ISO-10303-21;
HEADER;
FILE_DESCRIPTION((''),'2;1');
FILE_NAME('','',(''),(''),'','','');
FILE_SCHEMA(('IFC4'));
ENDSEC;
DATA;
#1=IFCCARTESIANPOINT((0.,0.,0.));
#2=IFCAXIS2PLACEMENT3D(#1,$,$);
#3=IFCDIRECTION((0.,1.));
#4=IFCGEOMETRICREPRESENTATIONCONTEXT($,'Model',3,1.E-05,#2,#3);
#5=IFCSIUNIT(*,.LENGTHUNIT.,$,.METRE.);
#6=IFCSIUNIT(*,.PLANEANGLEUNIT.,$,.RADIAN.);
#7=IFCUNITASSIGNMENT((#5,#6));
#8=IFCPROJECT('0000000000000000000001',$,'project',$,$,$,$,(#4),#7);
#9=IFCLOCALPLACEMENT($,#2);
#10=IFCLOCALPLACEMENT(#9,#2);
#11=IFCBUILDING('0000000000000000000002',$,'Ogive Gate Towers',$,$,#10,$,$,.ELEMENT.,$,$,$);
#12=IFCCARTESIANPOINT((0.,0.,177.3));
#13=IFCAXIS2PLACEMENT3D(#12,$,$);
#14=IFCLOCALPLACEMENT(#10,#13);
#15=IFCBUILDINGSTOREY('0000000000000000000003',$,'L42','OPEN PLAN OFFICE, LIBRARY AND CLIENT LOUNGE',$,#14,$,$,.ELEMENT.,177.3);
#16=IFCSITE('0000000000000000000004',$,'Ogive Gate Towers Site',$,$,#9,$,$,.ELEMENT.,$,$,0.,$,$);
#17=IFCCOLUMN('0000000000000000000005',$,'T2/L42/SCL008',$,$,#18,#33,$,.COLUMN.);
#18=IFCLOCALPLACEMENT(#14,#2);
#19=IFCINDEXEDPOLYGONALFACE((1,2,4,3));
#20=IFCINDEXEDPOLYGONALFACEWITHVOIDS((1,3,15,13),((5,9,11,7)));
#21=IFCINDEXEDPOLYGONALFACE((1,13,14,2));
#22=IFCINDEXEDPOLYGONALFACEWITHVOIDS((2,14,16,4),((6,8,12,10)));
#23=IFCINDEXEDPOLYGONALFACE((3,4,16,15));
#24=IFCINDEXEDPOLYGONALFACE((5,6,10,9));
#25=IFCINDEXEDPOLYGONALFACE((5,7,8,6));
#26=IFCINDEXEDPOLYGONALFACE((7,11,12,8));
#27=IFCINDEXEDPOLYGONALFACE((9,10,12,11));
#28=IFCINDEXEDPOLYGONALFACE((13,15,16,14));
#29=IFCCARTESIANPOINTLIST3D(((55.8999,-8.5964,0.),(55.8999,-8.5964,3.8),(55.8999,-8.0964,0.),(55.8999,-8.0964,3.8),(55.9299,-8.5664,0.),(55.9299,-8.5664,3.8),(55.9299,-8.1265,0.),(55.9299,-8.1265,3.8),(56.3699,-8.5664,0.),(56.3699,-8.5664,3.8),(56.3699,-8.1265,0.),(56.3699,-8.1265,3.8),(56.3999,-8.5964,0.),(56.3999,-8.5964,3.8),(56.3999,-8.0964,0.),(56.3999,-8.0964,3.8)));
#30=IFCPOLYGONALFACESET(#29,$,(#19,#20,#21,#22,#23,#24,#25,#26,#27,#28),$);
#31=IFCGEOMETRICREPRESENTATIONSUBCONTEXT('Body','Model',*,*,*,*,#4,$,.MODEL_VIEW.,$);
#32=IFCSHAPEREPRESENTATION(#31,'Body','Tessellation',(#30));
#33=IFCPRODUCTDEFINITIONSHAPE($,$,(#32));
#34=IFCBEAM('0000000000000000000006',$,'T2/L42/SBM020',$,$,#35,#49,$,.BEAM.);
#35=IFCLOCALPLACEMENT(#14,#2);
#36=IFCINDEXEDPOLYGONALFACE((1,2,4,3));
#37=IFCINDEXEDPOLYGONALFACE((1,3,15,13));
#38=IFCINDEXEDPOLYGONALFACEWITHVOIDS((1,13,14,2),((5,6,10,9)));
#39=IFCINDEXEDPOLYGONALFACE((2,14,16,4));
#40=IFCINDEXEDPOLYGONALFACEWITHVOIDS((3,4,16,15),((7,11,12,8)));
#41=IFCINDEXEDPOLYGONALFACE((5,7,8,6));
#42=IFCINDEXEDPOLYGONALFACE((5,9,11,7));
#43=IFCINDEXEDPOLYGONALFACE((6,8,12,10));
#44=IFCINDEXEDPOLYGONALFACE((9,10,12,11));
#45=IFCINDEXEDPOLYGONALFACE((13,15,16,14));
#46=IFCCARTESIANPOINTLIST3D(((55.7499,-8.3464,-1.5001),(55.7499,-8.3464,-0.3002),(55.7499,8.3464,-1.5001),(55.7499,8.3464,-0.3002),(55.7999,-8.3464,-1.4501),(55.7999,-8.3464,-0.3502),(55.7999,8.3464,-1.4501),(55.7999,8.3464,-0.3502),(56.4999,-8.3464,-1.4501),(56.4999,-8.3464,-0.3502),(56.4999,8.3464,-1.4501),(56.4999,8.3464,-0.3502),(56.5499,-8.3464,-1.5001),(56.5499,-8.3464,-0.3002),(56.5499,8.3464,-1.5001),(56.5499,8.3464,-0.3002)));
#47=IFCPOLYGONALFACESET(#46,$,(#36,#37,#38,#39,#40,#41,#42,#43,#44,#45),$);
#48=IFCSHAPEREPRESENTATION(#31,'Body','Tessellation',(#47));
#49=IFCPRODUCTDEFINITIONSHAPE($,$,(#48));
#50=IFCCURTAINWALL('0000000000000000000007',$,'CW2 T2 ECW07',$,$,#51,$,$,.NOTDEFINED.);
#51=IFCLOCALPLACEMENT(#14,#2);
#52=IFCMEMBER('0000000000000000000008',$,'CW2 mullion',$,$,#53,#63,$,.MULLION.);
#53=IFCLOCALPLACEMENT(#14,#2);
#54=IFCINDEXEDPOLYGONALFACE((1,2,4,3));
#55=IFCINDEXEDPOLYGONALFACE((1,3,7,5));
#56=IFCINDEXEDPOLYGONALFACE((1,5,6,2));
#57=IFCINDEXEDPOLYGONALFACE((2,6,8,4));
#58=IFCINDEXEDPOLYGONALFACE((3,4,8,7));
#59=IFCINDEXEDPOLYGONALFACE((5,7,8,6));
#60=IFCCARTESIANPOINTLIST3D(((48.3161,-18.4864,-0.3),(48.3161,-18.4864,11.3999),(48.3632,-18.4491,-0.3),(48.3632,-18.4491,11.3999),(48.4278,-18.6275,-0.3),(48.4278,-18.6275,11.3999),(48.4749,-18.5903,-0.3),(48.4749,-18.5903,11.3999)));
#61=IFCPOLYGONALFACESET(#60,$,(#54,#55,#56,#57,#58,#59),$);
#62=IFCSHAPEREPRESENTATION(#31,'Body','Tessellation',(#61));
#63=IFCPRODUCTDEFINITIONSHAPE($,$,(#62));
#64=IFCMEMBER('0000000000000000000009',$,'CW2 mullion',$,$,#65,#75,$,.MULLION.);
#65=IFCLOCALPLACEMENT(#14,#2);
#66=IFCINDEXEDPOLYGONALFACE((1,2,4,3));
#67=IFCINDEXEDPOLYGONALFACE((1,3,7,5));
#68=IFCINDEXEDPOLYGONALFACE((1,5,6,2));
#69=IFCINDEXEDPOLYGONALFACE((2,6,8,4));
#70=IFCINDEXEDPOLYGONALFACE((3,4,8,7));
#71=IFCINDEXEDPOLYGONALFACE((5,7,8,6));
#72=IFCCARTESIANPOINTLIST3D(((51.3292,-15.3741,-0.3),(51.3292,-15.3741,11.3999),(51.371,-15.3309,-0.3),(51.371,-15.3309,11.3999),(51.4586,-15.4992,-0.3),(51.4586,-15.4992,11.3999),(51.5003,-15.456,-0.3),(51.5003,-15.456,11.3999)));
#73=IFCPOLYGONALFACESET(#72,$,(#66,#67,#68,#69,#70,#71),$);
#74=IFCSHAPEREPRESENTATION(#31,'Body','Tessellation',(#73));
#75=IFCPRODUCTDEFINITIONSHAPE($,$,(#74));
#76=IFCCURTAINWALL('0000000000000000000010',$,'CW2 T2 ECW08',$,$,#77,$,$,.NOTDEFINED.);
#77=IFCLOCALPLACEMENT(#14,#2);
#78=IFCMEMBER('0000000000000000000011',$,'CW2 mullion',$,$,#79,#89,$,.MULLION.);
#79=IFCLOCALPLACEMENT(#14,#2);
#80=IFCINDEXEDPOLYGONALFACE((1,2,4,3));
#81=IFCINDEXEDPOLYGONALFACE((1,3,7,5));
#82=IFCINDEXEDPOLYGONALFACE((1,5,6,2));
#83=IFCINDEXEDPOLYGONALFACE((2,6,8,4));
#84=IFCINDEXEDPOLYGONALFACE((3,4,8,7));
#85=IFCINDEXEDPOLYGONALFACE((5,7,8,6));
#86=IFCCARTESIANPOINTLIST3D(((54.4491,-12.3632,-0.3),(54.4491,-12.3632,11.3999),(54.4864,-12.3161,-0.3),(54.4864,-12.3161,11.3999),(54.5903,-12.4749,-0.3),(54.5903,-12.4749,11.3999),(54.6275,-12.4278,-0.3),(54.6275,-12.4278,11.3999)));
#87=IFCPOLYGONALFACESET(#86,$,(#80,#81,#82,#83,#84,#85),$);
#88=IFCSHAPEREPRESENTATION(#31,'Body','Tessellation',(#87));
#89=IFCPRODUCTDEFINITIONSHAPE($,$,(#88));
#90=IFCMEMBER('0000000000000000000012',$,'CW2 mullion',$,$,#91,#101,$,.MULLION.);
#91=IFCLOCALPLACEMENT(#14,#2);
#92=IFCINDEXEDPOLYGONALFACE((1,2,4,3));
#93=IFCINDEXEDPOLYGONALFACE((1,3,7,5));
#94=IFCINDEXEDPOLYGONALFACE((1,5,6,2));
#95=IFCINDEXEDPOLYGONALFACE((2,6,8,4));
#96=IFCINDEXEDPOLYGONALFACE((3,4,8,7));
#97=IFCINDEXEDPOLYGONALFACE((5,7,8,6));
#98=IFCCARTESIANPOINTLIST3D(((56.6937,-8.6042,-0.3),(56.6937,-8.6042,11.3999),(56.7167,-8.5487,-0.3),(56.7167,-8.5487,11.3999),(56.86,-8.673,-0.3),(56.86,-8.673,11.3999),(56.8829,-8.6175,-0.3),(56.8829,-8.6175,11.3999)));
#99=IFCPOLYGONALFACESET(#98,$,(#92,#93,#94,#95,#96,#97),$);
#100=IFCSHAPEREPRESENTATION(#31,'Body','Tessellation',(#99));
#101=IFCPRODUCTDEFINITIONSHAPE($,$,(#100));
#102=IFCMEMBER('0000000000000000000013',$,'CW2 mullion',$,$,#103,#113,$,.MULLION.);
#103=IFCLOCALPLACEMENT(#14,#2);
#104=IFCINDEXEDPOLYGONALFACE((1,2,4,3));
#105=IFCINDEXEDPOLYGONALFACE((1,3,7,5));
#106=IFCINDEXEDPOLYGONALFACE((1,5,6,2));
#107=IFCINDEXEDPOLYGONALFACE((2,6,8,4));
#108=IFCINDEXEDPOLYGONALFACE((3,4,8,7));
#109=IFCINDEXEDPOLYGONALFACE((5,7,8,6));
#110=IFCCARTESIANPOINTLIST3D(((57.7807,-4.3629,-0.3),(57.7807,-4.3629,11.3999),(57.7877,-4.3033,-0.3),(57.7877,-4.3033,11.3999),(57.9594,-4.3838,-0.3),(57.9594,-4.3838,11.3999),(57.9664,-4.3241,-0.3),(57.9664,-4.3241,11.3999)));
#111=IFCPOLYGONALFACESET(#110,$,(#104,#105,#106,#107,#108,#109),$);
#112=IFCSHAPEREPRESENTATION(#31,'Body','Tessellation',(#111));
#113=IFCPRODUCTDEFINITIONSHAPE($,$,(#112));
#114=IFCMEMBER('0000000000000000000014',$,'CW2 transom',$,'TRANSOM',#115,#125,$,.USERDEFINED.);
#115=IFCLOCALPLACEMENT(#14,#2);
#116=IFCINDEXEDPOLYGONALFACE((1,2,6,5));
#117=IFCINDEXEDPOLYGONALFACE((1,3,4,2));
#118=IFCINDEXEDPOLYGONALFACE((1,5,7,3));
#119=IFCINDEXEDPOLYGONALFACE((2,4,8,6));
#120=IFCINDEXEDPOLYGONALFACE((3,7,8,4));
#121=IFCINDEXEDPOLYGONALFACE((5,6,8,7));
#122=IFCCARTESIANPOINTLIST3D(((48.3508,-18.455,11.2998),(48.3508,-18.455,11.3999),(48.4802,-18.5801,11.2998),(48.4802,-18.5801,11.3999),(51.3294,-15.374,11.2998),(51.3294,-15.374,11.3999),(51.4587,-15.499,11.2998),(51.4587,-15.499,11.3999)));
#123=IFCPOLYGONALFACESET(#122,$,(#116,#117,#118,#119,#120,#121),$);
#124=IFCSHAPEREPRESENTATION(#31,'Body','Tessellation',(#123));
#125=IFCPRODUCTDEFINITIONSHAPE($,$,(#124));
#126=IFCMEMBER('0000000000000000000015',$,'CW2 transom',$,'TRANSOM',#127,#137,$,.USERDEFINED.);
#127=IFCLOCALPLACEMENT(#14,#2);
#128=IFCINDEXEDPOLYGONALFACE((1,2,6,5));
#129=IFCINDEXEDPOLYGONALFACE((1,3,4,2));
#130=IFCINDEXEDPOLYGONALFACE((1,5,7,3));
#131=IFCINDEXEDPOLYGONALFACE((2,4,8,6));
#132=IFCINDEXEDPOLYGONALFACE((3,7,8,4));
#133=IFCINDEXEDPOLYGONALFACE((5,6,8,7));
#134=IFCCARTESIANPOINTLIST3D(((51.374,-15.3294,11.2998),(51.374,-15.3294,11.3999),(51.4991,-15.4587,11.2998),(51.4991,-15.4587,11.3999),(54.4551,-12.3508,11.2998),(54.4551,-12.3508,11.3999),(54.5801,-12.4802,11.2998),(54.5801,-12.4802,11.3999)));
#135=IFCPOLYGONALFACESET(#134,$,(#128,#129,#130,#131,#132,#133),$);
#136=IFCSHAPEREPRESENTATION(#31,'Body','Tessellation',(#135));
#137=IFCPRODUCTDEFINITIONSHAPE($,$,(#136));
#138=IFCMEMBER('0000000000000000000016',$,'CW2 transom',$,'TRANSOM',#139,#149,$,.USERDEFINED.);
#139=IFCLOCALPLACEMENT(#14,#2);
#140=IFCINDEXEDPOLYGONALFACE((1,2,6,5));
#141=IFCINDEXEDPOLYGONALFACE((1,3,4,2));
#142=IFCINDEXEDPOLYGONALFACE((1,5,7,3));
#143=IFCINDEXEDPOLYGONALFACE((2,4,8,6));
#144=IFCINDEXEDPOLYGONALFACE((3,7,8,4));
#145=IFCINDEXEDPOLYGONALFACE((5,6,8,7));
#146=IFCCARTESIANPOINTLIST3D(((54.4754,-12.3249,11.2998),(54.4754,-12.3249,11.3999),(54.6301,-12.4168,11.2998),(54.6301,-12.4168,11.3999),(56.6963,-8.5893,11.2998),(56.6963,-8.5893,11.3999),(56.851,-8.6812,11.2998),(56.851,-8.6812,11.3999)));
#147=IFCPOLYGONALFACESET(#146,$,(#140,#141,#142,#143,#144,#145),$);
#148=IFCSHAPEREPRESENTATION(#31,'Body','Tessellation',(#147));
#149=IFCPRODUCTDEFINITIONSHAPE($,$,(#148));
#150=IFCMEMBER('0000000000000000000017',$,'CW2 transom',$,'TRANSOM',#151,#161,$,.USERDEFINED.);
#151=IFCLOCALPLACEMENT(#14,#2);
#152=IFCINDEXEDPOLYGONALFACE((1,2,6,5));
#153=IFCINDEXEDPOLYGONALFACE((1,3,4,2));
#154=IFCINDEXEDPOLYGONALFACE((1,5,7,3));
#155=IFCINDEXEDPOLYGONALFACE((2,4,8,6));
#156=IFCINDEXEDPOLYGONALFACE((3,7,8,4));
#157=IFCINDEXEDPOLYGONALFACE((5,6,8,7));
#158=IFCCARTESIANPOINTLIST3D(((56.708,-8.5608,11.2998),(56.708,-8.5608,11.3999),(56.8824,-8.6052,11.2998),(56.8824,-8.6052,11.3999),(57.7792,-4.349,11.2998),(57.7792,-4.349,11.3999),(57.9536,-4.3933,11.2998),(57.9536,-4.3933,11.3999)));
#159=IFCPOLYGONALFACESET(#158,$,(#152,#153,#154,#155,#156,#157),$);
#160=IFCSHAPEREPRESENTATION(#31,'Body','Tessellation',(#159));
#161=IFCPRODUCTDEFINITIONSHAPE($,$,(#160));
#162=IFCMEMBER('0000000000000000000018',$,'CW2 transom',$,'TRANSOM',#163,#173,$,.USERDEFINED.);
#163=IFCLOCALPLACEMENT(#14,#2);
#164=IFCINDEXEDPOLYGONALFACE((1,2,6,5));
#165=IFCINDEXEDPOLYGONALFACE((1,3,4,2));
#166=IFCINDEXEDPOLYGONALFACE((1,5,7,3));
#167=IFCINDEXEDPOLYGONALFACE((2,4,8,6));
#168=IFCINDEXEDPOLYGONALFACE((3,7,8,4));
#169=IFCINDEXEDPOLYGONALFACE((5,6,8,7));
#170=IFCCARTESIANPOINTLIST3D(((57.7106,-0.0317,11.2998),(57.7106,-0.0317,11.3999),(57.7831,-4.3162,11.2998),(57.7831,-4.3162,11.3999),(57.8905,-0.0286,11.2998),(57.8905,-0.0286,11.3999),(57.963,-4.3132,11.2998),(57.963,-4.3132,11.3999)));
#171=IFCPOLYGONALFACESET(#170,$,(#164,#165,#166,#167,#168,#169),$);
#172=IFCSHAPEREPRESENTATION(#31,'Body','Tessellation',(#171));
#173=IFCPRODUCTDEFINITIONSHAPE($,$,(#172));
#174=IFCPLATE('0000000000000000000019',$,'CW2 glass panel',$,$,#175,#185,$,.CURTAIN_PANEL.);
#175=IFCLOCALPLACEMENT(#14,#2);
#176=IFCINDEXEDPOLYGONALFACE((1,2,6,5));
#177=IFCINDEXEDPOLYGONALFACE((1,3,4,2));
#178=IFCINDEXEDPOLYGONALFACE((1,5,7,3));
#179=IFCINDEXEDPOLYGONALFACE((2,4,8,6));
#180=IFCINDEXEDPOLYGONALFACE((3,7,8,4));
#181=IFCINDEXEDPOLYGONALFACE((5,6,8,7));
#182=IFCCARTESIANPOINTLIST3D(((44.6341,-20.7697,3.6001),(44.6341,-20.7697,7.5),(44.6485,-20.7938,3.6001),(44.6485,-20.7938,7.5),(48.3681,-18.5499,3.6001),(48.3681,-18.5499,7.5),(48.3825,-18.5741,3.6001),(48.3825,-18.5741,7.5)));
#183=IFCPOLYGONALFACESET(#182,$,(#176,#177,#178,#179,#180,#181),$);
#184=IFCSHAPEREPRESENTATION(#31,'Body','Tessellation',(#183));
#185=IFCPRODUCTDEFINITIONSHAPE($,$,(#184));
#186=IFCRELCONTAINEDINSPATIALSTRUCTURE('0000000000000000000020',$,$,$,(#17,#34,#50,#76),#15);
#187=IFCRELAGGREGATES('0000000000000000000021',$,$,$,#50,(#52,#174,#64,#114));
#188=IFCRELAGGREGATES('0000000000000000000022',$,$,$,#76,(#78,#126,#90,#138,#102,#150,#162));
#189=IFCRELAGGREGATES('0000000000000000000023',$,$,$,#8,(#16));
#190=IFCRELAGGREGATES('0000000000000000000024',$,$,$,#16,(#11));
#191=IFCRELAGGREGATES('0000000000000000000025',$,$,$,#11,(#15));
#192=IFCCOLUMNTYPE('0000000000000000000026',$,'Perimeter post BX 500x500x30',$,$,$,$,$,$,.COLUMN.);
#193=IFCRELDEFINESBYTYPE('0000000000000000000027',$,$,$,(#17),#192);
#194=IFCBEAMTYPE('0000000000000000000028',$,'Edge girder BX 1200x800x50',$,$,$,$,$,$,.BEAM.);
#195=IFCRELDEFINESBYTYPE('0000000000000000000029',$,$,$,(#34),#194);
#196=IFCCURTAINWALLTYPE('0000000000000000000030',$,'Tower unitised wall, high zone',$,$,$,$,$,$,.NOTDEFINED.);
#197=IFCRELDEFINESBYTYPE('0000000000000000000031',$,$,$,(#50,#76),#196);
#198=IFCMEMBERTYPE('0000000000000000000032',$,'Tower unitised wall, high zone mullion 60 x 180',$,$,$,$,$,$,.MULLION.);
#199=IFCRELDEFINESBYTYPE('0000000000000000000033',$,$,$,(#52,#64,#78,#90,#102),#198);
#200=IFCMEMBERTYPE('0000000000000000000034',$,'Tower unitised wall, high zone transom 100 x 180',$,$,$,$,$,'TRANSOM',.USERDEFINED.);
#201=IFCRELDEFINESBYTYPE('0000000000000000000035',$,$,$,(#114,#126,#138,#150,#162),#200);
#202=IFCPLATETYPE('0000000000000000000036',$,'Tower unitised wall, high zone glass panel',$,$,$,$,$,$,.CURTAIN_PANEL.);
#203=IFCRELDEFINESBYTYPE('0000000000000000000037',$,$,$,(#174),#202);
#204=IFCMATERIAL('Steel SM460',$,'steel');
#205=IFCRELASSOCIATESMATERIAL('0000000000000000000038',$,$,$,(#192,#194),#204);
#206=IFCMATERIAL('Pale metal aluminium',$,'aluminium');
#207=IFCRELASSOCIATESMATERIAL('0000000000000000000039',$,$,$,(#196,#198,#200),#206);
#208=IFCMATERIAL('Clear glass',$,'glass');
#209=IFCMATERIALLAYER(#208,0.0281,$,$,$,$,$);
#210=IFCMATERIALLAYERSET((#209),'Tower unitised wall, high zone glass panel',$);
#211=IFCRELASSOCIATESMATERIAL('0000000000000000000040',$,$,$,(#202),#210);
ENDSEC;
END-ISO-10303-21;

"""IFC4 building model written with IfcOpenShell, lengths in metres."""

from ifc_helpers import new_model, si_unit, direction, frame, origin, origin_2d, place, context, subcontext, project, spatial, rectangle, hollow_rectangle, extrude, material, layer, layer_set, material_profile, profile_set, type_object, element, aggregate, save


model = new_model("IFC4")

# Units and contexts
model_context = context("Model", 3, precision=1e-05, world=origin(), true_north=direction((0.0, 1.0)))
body_context = subcontext(model_context, "Body", "Model", "MODEL_VIEW")
ifc_project = project(units=[si_unit("LENGTHUNIT", "METRE"), si_unit("PLANEANGLEUNIT", "RADIAN")], contexts=[model_context])

# Site, building, storey
site_placement = place(None, origin())
site = spatial("IfcSite", under=ifc_project, at=site_placement, Name="Ogive Gate Towers Site", CompositionType="ELEMENT", RefElevation=0.0)
building_placement = place(site_placement, origin())
building = spatial("IfcBuilding", under=site, at=building_placement, Name="Ogive Gate Towers", CompositionType="ELEMENT")
storey_placement = place(building_placement, frame((0.0, 0.0, 177.3)))
storey = spatial("IfcBuildingStorey", under=building, at=storey_placement, Name="L42", Description="OPEN PLAN OFFICE, LIBRARY AND CLIENT LOUNGE", CompositionType="ELEMENT", Elevation=177.3)

# Column
ifc_material_1 = material(Name="Steel SM460", Category="steel")
ifc_material_profile_1 = material_profile(ifc_material_1, hollow_rectangle(XDim=0.5, YDim=0.5, WallThickness=0.03, at=origin_2d()), Name="BX 500x500x30")
ifc_profile_set_1 = profile_set([ifc_material_profile_1], Name="Steel SM460")
column_type = type_object("IfcColumnType", Name="Perimeter post BX 500x500x30", PredefinedType="COLUMN", material=ifc_profile_set_1)
column_placement = place(storey_placement, frame((56.1499, -8.3464, 0.0), z_axis=(0.0, 0.0, 1.0), x_axis=(1.0, 0.0, 0.0)))
element("IfcColumn", 1, at=column_placement, inside=storey, type_object=column_type, Name="T2/L42/SCL008", PredefinedType="COLUMN", context=body_context, shape_type="SweptSolid", body=[
    extrude(hollow_rectangle(XDim=0.5, YDim=0.5, WallThickness=0.03, at=origin_2d()), origin(), (0.0, 0.0, 1.0), 3.8),
])

# Beam
ifc_material_profile_2 = material_profile(ifc_material_1, hollow_rectangle(XDim=0.8, YDim=1.2, WallThickness=0.05, at=origin_2d()), Name="BX 1200x800x50")
ifc_profile_set_2 = profile_set([ifc_material_profile_2], Name="Steel SM460")
beam_type = type_object("IfcBeamType", Name="Edge girder BX 1200x800x50", PredefinedType="BEAM", material=ifc_profile_set_2)
beam_placement = place(storey_placement, frame((56.1499, -8.3464, -0.9001), z_axis=(0.0, 1.0, 0.0), x_axis=(-1.0, 0.0, 0.0)))
element("IfcBeam", 2, at=beam_placement, inside=storey, type_object=beam_type, Name="T2/L42/SBM020", PredefinedType="BEAM", context=body_context, shape_type="SweptSolid", body=[
    extrude(hollow_rectangle(XDim=0.8, YDim=1.2, WallThickness=0.05, at=origin_2d()), origin(), (0.0, 0.0, 1.0), 16.6929),
])

# Curtain walls, members
ifc_material_2 = material(Name="Pale metal aluminium", Category="aluminium")
curtain_wall_type = type_object("IfcCurtainWallType", Name="Tower unitised wall, high zone", PredefinedType="NOTDEFINED", material=ifc_material_2)
curtain_wall_1_placement = place(storey_placement, origin())
curtain_wall_1 = element("IfcCurtainWall", 3, at=curtain_wall_1_placement, inside=storey, type_object=curtain_wall_type, Name="CW2 T2 ECW07", PredefinedType="NOTDEFINED")
ifc_material_profile_3 = material_profile(ifc_material_2, rectangle(XDim=0.1799, YDim=0.0601, at=origin_2d()), Name="60 x 180 aluminium box")
ifc_profile_set_3 = profile_set([ifc_material_profile_3], Name="Pale metal aluminium")
member_type_1 = type_object("IfcMemberType", Name="Tower unitised wall, high zone mullion 60 x 180", PredefinedType="MULLION", material=ifc_profile_set_3)
member_1_placement = place(storey_placement, frame((48.3955, -18.5383, -0.3), z_axis=(0.0, 0.0, 1.0), x_axis=(0.620464, -0.784235, 0.0)))
member_1 = element("IfcMember", 4, at=member_1_placement, type_object=member_type_1, Name="CW2 mullion", PredefinedType="MULLION", context=body_context, shape_type="SweptSolid", body=[
    extrude(rectangle(XDim=0.1799, YDim=0.0601, at=origin_2d()), origin(), (0.0, 0.0, 1.0), 11.7),
])
member_2_placement = place(storey_placement, frame((51.4148, -15.415, -0.3), z_axis=(0.0, 0.0, 1.0), x_axis=(0.718964, -0.695047, 0.0)))
member_2 = element("IfcMember", 5, at=member_2_placement, type_object=member_type_1, Name="CW2 mullion", PredefinedType="MULLION", context=body_context, shape_type="SweptSolid", body=[
    extrude(rectangle(XDim=0.1799, YDim=0.0601, at=origin_2d()), origin(), (0.0, 0.0, 1.0), 11.7),
])
curtain_wall_2_placement = place(storey_placement, origin())
curtain_wall_2 = element("IfcCurtainWall", 6, at=curtain_wall_2_placement, inside=storey, type_object=curtain_wall_type, Name="CW2 T2 ECW08", PredefinedType="NOTDEFINED")
member_3_placement = place(storey_placement, frame((54.5383, -12.3955, -0.3), z_axis=(0.0, 0.0, 1.0), x_axis=(0.784235, -0.620464, 0.0)))
member_3 = element("IfcMember", 7, at=member_3_placement, type_object=member_type_1, Name="CW2 mullion", PredefinedType="MULLION", context=body_context, shape_type="SweptSolid", body=[
    extrude(rectangle(XDim=0.1799, YDim=0.0601, at=origin_2d()), origin(), (0.0, 0.0, 1.0), 11.7),
])
member_4_placement = place(storey_placement, frame((56.7883, -8.6108, -0.3), z_axis=(0.0, 0.0, 1.0), x_axis=(0.92388, -0.382683, 0.0)))
member_4 = element("IfcMember", 8, at=member_4_placement, type_object=member_type_1, Name="CW2 mullion", PredefinedType="MULLION", context=body_context, shape_type="SweptSolid", body=[
    extrude(rectangle(XDim=0.1799, YDim=0.0601, at=origin_2d()), origin(), (0.0, 0.0, 1.0), 11.7),
])
member_5_placement = place(storey_placement, frame((57.8735, -4.3435, -0.3), z_axis=(0.0, 0.0, 1.0), x_axis=(0.993272, -0.115804, 0.0)))
member_5 = element("IfcMember", 9, at=member_5_placement, type_object=member_type_1, Name="CW2 mullion", PredefinedType="MULLION", context=body_context, shape_type="SweptSolid", body=[
    extrude(rectangle(XDim=0.1799, YDim=0.0601, at=origin_2d()), origin(), (0.0, 0.0, 1.0), 11.7),
])

# Members
ifc_material_profile_4 = material_profile(ifc_material_2, rectangle(XDim=0.1799, YDim=0.1001, at=origin_2d()), Name="100 x 180 aluminium box")
ifc_profile_set_4 = profile_set([ifc_material_profile_4], Name="Pale metal aluminium")
member_type_2 = type_object("IfcMemberType", Name="Tower unitised wall, high zone transom 100 x 180", ElementType="TRANSOM", PredefinedType="USERDEFINED", material=ifc_profile_set_4)
member_6_placement = place(storey_placement, frame((48.4155, -18.5176, 11.3499), z_axis=(0.695042, 0.718969, 0.0), x_axis=(-0.718969, 0.695042, 0.0)))
member_6 = element("IfcMember", 10, at=member_6_placement, type_object=member_type_2, Name="CW2 transom", ObjectType="TRANSOM", PredefinedType="USERDEFINED", context=body_context, shape_type="SweptSolid", body=[
    extrude(rectangle(XDim=0.1799, YDim=0.1001, at=origin_2d()), origin(), (0.0, 0.0, 1.0), 4.2854),
])
member_7_placement = place(storey_placement, frame((51.4365, -15.394, 11.3499), z_axis=(0.718969, 0.695042, 0.0), x_axis=(-0.695042, 0.718969, 0.0)))
member_7 = element("IfcMember", 11, at=member_7_placement, type_object=member_type_2, Name="CW2 transom", ObjectType="TRANSOM", PredefinedType="USERDEFINED", context=body_context, shape_type="SweptSolid", body=[
    extrude(rectangle(XDim=0.1799, YDim=0.1001, at=origin_2d()), origin(), (0.0, 0.0, 1.0), 4.2854),
])
member_8_placement = place(storey_placement, frame((54.5527, -12.3708, 11.3499), z_axis=(0.511038, 0.859558, 0.0), x_axis=(-0.859558, 0.511038, 0.0)))
member_8 = element("IfcMember", 12, at=member_8_placement, type_object=member_type_2, Name="CW2 transom", ObjectType="TRANSOM", PredefinedType="USERDEFINED", context=body_context, shape_type="SweptSolid", body=[
    extrude(rectangle(XDim=0.1799, YDim=0.1001, at=origin_2d()), origin(), (0.0, 0.0, 1.0), 4.3459),
])
member_9_placement = place(storey_placement, frame((56.7952, -8.583, 11.3499), z_axis=(0.246499, 0.969143, 0.0), x_axis=(-0.969143, 0.246499, 0.0)))
member_9 = element("IfcMember", 13, at=member_9_placement, type_object=member_type_2, Name="CW2 transom", ObjectType="TRANSOM", PredefinedType="USERDEFINED", context=body_context, shape_type="SweptSolid", body=[
    extrude(rectangle(XDim=0.1799, YDim=0.1001, at=origin_2d()), origin(), (0.0, 0.0, 1.0), 4.3459),
])
member_10_placement = place(storey_placement, frame((57.873, -4.3147, 11.3499), z_axis=(-0.016922, 0.999857, 0.0), x_axis=(-0.999857, -0.016922, 0.0)))
member_10 = element("IfcMember", 14, at=member_10_placement, type_object=member_type_2, Name="CW2 transom", ObjectType="TRANSOM", PredefinedType="USERDEFINED", context=body_context, shape_type="SweptSolid", body=[
    extrude(rectangle(XDim=0.1799, YDim=0.1001, at=origin_2d()), origin(), (0.0, 0.0, 1.0), 4.2852),
])

# Plate
ifc_material_3 = material(Name="Clear glass", Category="glass")
ifc_layer_1 = layer(ifc_material_3, 0.0281)
ifc_layer_set_1 = layer_set([ifc_layer_1], Name="Tower unitised wall, high zone glass panel")
plate_type = type_object("IfcPlateType", Name="Tower unitised wall, high zone glass panel", PredefinedType="CURTAIN_PANEL", material=ifc_layer_set_1)
plate_1_placement = place(storey_placement, frame((46.5083, -19.6719, 3.6001), z_axis=(0.0, 0.0, 1.0), x_axis=(0.859585, 0.510993, 0.0)))
plate_1 = element("IfcPlate", 15, at=plate_1_placement, type_object=plate_type, Name="CW2 glass panel", PredefinedType="CURTAIN_PANEL", context=body_context, shape_type="SweptSolid", body=[
    extrude(rectangle(XDim=4.344, YDim=0.0281, at=origin_2d()), origin(), (0.0, 0.0, 1.0), 3.8999),
])
aggregate(curtain_wall_1, [member_1, plate_1, member_2, member_6])
aggregate(curtain_wall_2, [member_3, member_7, member_4, member_8, member_5, member_9, member_10])

save(model, "model.ifc")
